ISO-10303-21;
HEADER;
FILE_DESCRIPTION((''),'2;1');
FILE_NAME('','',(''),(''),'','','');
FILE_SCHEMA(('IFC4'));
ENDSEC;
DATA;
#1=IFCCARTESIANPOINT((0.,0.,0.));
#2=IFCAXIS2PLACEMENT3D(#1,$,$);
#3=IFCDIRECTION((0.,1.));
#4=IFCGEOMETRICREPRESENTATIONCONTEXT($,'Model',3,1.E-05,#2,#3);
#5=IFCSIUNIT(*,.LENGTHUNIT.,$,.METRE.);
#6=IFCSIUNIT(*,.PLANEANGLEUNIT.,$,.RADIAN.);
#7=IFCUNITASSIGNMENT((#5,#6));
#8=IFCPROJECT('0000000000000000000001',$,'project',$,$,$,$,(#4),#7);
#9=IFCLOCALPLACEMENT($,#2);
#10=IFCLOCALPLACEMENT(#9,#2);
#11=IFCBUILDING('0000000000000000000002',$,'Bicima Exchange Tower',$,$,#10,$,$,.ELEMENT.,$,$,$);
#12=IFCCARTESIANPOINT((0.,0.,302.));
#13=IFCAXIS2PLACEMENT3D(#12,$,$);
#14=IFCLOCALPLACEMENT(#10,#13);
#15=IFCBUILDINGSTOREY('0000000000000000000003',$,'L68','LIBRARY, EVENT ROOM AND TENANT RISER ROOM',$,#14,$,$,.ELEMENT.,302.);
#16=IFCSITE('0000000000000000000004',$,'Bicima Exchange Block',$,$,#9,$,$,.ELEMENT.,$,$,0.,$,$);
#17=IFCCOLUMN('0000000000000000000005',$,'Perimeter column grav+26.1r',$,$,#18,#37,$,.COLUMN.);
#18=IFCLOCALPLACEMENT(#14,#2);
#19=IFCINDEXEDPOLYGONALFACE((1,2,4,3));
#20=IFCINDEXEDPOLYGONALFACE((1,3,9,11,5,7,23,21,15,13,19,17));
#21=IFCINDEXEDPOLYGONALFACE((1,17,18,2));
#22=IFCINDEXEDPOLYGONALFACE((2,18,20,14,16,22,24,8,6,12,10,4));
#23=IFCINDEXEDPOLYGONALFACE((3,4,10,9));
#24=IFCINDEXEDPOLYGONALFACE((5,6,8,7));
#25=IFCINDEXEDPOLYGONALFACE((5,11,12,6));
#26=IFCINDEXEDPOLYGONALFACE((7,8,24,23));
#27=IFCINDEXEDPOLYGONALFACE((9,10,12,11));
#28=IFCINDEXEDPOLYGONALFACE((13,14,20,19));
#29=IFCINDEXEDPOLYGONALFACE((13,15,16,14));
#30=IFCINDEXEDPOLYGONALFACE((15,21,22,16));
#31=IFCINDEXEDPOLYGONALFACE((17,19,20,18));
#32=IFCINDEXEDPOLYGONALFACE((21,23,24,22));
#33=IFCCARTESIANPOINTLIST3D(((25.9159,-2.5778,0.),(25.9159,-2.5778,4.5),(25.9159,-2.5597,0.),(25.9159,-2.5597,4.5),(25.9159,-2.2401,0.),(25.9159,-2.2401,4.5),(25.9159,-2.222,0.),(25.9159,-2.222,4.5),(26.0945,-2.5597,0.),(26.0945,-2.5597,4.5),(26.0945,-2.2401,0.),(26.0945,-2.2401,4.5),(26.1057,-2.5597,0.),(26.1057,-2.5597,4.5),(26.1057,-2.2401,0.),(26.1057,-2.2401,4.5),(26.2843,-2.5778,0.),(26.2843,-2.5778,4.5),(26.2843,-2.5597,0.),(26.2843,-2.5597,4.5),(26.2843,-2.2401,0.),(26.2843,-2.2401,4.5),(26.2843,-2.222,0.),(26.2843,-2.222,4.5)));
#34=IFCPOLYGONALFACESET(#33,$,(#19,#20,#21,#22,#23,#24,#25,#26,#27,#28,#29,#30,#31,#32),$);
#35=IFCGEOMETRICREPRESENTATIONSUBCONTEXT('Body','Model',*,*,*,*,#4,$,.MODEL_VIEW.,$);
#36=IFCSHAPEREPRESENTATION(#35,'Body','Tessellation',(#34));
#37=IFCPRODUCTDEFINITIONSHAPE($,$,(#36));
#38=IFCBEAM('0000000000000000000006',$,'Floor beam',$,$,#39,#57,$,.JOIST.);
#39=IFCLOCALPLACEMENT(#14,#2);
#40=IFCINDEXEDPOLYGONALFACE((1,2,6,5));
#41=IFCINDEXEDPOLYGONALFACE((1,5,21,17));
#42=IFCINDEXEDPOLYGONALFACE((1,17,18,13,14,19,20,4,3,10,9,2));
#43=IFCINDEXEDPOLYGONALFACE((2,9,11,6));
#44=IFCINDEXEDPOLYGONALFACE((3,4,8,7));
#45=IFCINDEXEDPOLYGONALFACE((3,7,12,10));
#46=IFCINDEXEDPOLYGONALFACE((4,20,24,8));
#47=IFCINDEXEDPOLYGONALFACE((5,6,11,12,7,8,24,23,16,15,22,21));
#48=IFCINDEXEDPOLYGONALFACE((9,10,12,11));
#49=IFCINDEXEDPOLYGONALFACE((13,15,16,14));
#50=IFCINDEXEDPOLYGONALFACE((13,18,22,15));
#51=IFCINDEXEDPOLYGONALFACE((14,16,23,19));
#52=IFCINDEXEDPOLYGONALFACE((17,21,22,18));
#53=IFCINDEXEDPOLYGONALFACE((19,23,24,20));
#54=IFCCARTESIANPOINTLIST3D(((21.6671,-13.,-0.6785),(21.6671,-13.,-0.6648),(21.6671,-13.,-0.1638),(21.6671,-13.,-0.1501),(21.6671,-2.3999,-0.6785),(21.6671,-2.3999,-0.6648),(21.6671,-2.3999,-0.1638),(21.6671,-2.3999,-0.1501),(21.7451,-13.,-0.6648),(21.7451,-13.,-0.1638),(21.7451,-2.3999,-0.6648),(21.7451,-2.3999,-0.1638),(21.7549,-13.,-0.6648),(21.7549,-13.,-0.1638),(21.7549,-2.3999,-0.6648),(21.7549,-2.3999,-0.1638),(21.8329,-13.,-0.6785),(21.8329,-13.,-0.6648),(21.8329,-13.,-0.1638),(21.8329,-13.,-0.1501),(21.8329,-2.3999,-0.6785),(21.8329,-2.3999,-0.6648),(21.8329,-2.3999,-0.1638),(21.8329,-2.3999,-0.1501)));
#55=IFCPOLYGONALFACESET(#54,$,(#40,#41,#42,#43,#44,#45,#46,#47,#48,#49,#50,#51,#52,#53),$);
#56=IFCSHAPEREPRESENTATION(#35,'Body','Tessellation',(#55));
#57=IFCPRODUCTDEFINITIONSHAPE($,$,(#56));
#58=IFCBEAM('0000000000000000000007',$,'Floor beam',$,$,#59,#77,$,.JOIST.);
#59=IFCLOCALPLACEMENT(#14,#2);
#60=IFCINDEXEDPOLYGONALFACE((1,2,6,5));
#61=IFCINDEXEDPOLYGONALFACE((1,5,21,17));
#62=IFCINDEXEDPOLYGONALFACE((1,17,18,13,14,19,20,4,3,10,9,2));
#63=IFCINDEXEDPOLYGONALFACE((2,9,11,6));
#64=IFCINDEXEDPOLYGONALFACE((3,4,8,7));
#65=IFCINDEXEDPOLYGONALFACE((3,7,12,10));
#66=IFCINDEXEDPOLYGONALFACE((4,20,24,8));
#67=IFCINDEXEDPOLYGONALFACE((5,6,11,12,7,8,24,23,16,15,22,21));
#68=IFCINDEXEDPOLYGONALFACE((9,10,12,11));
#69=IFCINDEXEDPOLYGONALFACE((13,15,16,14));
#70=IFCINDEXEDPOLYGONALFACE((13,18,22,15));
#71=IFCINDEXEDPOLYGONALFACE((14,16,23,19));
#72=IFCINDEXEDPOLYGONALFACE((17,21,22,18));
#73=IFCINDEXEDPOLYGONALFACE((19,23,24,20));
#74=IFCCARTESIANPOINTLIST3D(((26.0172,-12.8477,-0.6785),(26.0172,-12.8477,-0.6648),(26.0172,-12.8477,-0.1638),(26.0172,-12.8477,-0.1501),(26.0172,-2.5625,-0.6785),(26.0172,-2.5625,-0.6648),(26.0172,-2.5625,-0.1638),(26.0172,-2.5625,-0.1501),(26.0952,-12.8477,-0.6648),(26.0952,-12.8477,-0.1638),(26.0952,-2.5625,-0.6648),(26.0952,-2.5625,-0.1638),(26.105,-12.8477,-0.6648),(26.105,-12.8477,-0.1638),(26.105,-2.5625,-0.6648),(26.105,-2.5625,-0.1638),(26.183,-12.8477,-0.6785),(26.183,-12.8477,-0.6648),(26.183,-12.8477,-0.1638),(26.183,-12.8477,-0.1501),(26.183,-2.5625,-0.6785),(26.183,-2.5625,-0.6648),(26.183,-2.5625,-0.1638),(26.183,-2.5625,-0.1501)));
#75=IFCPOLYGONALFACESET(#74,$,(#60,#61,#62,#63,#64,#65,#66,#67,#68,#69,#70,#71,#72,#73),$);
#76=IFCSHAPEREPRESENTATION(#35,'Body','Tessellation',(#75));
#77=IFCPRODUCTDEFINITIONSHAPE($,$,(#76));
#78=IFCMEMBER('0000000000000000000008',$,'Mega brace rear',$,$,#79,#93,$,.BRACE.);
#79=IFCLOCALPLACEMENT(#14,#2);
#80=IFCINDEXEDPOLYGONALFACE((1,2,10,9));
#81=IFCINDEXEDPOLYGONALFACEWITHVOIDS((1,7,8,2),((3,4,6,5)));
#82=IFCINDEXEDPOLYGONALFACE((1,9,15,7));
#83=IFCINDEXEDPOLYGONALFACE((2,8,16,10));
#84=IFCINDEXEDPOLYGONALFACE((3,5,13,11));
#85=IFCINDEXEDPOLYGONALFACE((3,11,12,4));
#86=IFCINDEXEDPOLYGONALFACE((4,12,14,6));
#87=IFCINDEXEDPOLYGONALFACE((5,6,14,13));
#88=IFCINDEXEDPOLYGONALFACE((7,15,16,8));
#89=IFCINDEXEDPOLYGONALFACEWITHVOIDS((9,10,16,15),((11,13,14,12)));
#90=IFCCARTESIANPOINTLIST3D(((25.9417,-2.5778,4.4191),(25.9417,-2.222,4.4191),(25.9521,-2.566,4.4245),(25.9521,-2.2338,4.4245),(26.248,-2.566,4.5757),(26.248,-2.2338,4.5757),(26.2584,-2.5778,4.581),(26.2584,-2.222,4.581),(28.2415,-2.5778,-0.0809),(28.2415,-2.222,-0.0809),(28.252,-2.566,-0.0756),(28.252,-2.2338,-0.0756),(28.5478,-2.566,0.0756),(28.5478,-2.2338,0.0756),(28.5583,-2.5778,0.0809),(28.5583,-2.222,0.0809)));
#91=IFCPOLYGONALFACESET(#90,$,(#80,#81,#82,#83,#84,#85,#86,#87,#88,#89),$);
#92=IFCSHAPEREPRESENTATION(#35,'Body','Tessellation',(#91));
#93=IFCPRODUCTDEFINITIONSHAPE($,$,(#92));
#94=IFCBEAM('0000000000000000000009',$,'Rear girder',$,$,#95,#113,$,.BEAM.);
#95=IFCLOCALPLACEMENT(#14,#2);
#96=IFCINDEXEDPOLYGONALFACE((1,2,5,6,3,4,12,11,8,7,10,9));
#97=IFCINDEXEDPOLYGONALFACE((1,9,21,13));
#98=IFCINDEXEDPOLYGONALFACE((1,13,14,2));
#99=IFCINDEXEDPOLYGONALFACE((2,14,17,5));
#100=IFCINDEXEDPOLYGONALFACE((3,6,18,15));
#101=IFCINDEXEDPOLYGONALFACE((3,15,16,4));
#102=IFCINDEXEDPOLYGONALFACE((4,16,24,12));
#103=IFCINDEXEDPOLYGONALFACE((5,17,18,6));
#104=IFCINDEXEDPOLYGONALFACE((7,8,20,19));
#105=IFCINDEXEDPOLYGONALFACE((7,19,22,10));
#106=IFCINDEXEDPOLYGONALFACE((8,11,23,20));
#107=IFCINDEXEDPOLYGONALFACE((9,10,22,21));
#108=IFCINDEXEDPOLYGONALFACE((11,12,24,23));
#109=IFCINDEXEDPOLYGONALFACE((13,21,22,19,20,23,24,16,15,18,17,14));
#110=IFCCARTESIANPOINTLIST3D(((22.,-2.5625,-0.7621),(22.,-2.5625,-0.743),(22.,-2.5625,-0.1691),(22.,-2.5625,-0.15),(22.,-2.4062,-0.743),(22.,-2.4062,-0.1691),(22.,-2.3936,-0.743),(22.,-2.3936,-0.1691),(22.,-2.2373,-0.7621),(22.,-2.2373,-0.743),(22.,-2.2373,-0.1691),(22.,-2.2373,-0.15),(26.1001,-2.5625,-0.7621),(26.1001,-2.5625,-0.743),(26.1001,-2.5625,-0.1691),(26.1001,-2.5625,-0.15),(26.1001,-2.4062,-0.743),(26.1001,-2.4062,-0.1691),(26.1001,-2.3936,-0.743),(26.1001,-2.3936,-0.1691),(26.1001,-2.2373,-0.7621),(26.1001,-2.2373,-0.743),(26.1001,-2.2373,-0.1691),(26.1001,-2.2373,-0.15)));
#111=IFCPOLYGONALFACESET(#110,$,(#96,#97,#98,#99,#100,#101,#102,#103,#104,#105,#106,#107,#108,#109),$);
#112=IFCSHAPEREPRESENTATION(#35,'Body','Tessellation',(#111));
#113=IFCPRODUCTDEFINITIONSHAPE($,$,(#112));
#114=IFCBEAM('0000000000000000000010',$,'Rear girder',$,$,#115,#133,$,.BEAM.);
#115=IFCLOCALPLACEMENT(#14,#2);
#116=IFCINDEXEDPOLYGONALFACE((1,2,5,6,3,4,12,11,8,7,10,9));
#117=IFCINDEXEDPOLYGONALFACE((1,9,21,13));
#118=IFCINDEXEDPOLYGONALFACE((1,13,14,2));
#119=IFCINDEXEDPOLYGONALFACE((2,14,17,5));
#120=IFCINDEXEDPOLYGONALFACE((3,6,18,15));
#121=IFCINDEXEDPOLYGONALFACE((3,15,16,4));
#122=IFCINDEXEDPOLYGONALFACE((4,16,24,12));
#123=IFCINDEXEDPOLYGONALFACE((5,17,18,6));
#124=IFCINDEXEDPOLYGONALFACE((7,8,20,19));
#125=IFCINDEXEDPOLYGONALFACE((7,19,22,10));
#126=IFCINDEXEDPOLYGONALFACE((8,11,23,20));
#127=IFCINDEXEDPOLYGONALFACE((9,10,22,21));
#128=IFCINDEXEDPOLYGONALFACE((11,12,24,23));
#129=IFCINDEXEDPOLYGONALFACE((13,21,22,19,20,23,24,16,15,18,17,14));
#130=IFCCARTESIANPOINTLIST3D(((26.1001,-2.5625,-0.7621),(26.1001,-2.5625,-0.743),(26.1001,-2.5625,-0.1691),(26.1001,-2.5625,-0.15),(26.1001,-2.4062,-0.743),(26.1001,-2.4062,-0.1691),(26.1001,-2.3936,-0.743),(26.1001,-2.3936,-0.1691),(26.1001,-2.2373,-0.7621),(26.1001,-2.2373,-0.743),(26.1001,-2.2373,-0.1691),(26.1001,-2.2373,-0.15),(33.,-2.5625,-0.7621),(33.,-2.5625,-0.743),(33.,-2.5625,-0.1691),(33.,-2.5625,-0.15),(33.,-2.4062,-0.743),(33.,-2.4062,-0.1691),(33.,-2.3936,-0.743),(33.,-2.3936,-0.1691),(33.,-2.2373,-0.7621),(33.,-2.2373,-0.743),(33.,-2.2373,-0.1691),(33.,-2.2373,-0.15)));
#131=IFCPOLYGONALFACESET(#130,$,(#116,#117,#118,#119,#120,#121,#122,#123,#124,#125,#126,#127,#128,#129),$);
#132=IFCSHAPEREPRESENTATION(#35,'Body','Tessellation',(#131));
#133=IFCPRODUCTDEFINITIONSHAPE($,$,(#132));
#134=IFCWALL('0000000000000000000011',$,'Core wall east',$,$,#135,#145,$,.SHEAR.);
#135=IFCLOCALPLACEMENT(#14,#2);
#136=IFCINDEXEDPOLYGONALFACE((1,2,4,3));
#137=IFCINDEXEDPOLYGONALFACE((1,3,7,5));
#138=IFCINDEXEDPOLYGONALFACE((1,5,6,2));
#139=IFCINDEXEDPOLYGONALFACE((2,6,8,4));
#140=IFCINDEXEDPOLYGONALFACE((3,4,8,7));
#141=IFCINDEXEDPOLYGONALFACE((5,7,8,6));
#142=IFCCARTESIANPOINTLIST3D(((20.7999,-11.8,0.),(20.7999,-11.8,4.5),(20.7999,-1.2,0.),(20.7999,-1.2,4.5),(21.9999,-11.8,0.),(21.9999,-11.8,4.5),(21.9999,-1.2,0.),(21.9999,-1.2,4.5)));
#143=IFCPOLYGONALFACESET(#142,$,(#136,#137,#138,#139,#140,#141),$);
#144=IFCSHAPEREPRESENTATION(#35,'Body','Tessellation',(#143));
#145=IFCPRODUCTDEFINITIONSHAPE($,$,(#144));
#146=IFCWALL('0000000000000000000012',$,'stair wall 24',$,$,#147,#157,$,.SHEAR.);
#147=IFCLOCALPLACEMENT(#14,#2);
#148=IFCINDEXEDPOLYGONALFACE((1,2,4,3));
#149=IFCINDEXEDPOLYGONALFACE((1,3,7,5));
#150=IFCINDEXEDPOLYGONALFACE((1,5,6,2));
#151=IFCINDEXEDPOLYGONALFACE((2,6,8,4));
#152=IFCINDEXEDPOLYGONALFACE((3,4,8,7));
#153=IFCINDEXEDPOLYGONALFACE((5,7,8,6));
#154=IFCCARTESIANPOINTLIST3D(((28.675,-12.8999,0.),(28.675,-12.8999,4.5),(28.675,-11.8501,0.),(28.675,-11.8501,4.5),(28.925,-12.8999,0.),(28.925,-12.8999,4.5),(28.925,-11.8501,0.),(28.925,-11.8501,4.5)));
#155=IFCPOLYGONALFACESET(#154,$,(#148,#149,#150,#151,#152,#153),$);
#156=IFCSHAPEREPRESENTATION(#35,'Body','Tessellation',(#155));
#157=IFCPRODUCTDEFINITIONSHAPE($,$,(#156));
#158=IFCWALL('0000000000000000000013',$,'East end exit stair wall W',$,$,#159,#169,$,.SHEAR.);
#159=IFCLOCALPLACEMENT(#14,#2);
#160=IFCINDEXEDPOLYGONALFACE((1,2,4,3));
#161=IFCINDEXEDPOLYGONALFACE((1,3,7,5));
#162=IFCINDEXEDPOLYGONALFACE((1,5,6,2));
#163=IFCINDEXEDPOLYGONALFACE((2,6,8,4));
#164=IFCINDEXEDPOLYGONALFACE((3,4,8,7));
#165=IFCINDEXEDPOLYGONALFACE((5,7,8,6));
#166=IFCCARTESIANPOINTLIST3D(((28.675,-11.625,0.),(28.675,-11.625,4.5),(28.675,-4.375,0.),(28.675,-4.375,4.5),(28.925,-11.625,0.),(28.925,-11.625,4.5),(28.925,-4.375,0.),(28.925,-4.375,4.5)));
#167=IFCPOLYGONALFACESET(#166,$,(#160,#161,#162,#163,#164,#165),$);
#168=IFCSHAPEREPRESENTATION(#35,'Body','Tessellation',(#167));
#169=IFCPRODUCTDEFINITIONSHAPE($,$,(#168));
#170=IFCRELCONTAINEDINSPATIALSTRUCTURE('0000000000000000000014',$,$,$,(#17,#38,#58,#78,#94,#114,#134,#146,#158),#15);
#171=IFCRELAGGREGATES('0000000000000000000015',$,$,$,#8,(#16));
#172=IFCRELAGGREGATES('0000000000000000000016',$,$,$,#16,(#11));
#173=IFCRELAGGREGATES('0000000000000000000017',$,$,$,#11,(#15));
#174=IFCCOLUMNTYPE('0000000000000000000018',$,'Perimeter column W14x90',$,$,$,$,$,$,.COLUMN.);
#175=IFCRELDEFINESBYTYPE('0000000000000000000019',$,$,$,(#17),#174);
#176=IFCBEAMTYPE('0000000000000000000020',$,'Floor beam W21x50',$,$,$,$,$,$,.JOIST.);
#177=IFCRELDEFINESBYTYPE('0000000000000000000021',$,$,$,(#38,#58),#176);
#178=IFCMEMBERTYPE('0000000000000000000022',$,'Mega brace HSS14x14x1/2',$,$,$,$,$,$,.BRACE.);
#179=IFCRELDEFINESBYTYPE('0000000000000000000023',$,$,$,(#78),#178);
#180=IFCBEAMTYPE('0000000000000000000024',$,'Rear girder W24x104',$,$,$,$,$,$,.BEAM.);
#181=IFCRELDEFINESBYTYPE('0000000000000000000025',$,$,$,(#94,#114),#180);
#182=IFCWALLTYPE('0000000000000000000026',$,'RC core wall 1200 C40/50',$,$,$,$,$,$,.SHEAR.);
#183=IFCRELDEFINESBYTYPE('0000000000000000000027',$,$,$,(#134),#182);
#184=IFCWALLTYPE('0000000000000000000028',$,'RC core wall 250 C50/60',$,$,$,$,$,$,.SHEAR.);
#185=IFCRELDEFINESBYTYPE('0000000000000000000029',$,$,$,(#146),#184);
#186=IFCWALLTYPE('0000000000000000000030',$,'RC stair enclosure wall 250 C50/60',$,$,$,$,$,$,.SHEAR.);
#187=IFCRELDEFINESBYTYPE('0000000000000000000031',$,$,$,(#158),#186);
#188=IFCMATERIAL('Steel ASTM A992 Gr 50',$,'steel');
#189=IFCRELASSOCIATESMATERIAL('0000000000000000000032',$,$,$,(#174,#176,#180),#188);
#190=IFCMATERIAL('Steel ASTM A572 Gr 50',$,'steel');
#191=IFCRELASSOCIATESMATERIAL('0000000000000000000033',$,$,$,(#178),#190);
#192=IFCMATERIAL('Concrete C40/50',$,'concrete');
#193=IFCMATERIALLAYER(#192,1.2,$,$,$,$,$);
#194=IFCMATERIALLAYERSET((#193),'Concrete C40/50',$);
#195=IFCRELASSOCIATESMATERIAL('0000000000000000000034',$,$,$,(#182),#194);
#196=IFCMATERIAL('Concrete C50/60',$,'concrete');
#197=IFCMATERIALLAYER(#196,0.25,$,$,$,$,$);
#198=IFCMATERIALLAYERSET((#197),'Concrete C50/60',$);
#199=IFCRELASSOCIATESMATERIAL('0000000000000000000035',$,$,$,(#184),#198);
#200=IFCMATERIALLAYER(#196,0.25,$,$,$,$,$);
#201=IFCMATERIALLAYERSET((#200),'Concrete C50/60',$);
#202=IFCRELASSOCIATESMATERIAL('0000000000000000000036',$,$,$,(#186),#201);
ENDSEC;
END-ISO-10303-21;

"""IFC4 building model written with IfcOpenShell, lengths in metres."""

from ifc_helpers import new_model, si_unit, direction, frame, frame_2d, origin, origin_2d, place, context, subcontext, project, spatial, rectangle, hollow_rectangle, i_section, extrude, material, layer, layer_set, material_profile, profile_set, type_object, element, save


model = new_model("IFC4")

# Units and contexts
model_context = context("Model", 3, precision=1e-05, world=origin(), true_north=direction((0.0, 1.0)))
body_context = subcontext(model_context, "Body", "Model", "MODEL_VIEW")
ifc_project = project(units=[si_unit("LENGTHUNIT", "METRE"), si_unit("PLANEANGLEUNIT", "RADIAN")], contexts=[model_context])

# Site, building, storey
site_placement = place(None, origin())
site = spatial("IfcSite", under=ifc_project, at=site_placement, Name="Bicima Exchange Block", CompositionType="ELEMENT", RefElevation=0.0)
building_placement = place(site_placement, origin())
building = spatial("IfcBuilding", under=site, at=building_placement, Name="Bicima Exchange Tower", CompositionType="ELEMENT")
storey_placement = place(building_placement, frame((0.0, 0.0, 302.0)))
storey = spatial("IfcBuildingStorey", under=building, at=storey_placement, Name="L68", Description="LIBRARY, EVENT ROOM AND TENANT RISER ROOM", CompositionType="ELEMENT", Elevation=302.0)

# Column
ifc_material_1 = material(Name="Steel ASTM A992 Gr 50", Category="steel")
ifc_material_profile_1 = material_profile(ifc_material_1, i_section(OverallWidth=0.3684, OverallDepth=0.3557, WebThickness=0.0112, FlangeThickness=0.0181, at=origin_2d()))
ifc_profile_set_1 = profile_set([ifc_material_profile_1], Name="Steel ASTM A992 Gr 50")
column_type = type_object("IfcColumnType", Name="Perimeter column W14x90", PredefinedType="COLUMN", material=ifc_profile_set_1)
column_placement = place(storey_placement, frame((26.1001, -2.3999, 0.0), z_axis=(0.0, 0.0, 1.0), x_axis=(1.0, 0.0, 0.0)))
element("IfcColumn", 1, at=column_placement, inside=storey, type_object=column_type, Name="Perimeter column grav+26.1r", PredefinedType="COLUMN", context=body_context, shape_type="SweptSolid", body=[
    extrude(i_section(OverallWidth=0.3684, OverallDepth=0.3557, WebThickness=0.0112, FlangeThickness=0.0181, at=origin_2d()), origin(), (0.0, 0.0, 1.0), 4.5),
])

# Beams
ifc_material_profile_2 = material_profile(ifc_material_1, i_section(OverallWidth=0.1658, OverallDepth=0.5283, WebThickness=0.0098, FlangeThickness=0.0137, at=origin_2d()))
ifc_profile_set_2 = profile_set([ifc_material_profile_2], Name="Steel ASTM A992 Gr 50")
beam_type_1 = type_object("IfcBeamType", Name="Floor beam W21x50", PredefinedType="JOIST", material=ifc_profile_set_2)
beam_1_placement = place(storey_placement, frame((21.75, -2.3999, -0.4143), z_axis=(0.0, -1.0, 0.0), x_axis=(1.0, 0.0, 0.0)))
element("IfcBeam", 2, at=beam_1_placement, inside=storey, type_object=beam_type_1, Name="Floor beam", PredefinedType="JOIST", context=body_context, shape_type="SweptSolid", body=[
    extrude(i_section(OverallWidth=0.1658, OverallDepth=0.5283, WebThickness=0.0098, FlangeThickness=0.0137, at=origin_2d()), origin(), (0.0, 0.0, 1.0), 10.6001),
])
beam_2_placement = place(storey_placement, frame((26.1001, -2.5625, -0.4143), z_axis=(0.0, -1.0, 0.0), x_axis=(1.0, 0.0, 0.0)))
element("IfcBeam", 3, at=beam_2_placement, inside=storey, type_object=beam_type_1, Name="Floor beam", PredefinedType="JOIST", context=body_context, shape_type="SweptSolid", body=[
    extrude(i_section(OverallWidth=0.1658, OverallDepth=0.5283, WebThickness=0.0098, FlangeThickness=0.0137, at=origin_2d()), origin(), (0.0, 0.0, 1.0), 10.2852),
])

# Member
ifc_material_2 = material(Name="Steel ASTM A572 Gr 50", Category="steel")
ifc_material_profile_3 = material_profile(ifc_material_2, hollow_rectangle(XDim=0.3557, YDim=0.3557, WallThickness=0.0117, at=origin_2d()))
ifc_profile_set_3 = profile_set([ifc_material_profile_3], Name="Steel ASTM A572 Gr 50")
member_type = type_object("IfcMemberType", Name="Mega brace HSS14x14x1/2", PredefinedType="BRACE", material=ifc_profile_set_3)
member_placement = place(storey_placement, frame((28.3999, -2.3999, 0.0), z_axis=(-0.45508, 0.0, 0.89045), x_axis=(0.0, -1.0, 0.0)))
element("IfcMember", 4, at=member_placement, inside=storey, type_object=member_type, Name="Mega brace rear", PredefinedType="BRACE", context=body_context, shape_type="SweptSolid", body=[
    extrude(hollow_rectangle(XDim=0.3557, YDim=0.3557, WallThickness=0.0117, at=origin_2d()), origin(), (0.0, 0.0, 1.0), 5.0537),
])

# Beams
ifc_material_profile_4 = material_profile(ifc_material_1, i_section(OverallWidth=0.3252, OverallDepth=0.6121, WebThickness=0.0127, FlangeThickness=0.019, at=origin_2d()))
ifc_profile_set_4 = profile_set([ifc_material_profile_4], Name="Steel ASTM A992 Gr 50")
beam_type_2 = type_object("IfcBeamType", Name="Rear girder W24x104", PredefinedType="BEAM", material=ifc_profile_set_4)
beam_3_placement = place(storey_placement, frame((22.0, -2.3999, -0.4561), z_axis=(1.0, 0.0, 0.0), x_axis=(0.0, 1.0, 0.0)))
element("IfcBeam", 5, at=beam_3_placement, inside=storey, type_object=beam_type_2, Name="Rear girder", PredefinedType="BEAM", context=body_context, shape_type="SweptSolid", body=[
    extrude(i_section(OverallWidth=0.3252, OverallDepth=0.6121, WebThickness=0.0127, FlangeThickness=0.019, at=origin_2d()), origin(), (0.0, 0.0, 1.0), 4.1001),
])
beam_4_placement = place(storey_placement, frame((26.1001, -2.3999, -0.4561), z_axis=(1.0, 0.0, 0.0), x_axis=(0.0, 1.0, 0.0)))
element("IfcBeam", 6, at=beam_4_placement, inside=storey, type_object=beam_type_2, Name="Rear girder", PredefinedType="BEAM", context=body_context, shape_type="SweptSolid", body=[
    extrude(i_section(OverallWidth=0.3252, OverallDepth=0.6121, WebThickness=0.0127, FlangeThickness=0.019, at=origin_2d()), origin(), (0.0, 0.0, 1.0), 6.8999),
])

# Walls
ifc_material_3 = material(Name="Concrete C40/50", Category="concrete")
ifc_layer_1 = layer(ifc_material_3, 1.2)
ifc_layer_set_1 = layer_set([ifc_layer_1], Name="Concrete C40/50")
wall_type_1 = type_object("IfcWallType", Name="RC core wall 1200 C40/50", PredefinedType="SHEAR", material=ifc_layer_set_1)
wall_1_placement = place(storey_placement, frame((21.3999, -11.8, 0.0), z_axis=(0.0, 0.0, 1.0), x_axis=(0.0, 1.0, 0.0)))
element("IfcWall", 7, at=wall_1_placement, inside=storey, type_object=wall_type_1, Name="Core wall east", PredefinedType="SHEAR", context=body_context, shape_type="SweptSolid", body=[
    extrude(rectangle(XDim=10.6001, YDim=1.2, at=frame_2d((5.3, 0.0))), origin(), (0.0, 0.0, 1.0), 4.5),
])
ifc_material_4 = material(Name="Concrete C50/60", Category="concrete")
ifc_layer_2 = layer(ifc_material_4, 0.25)
ifc_layer_set_2 = layer_set([ifc_layer_2], Name="Concrete C50/60")
wall_type_2 = type_object("IfcWallType", Name="RC core wall 250 C50/60", PredefinedType="SHEAR", material=ifc_layer_set_2)
wall_2_placement = place(storey_placement, frame((28.8, -12.8999, 0.0), z_axis=(0.0, 0.0, 1.0), x_axis=(0.0, 1.0, 0.0)))
element("IfcWall", 8, at=wall_2_placement, inside=storey, type_object=wall_type_2, Name="stair wall 24", PredefinedType="SHEAR", context=body_context, shape_type="SweptSolid", body=[
    extrude(rectangle(XDim=1.0498, YDim=0.25, at=frame_2d((0.5249, 0.0))), origin(), (0.0, 0.0, 1.0), 4.5),
])
ifc_layer_3 = layer(ifc_material_4, 0.25)
ifc_layer_set_3 = layer_set([ifc_layer_3], Name="Concrete C50/60")
wall_type_3 = type_object("IfcWallType", Name="RC stair enclosure wall 250 C50/60", PredefinedType="SHEAR", material=ifc_layer_set_3)
wall_3_placement = place(storey_placement, frame((28.8, -11.625, 0.0), z_axis=(0.0, 0.0, 1.0), x_axis=(0.0, 1.0, 0.0)))
element("IfcWall", 9, at=wall_3_placement, inside=storey, type_object=wall_type_3, Name="East end exit stair wall W", PredefinedType="SHEAR", context=body_context, shape_type="SweptSolid", body=[
    extrude(rectangle(XDim=7.25, YDim=0.25, at=frame_2d((3.625, 0.0))), origin(), (0.0, 0.0, 1.0), 4.5),
])

save(model, "model.ifc")
